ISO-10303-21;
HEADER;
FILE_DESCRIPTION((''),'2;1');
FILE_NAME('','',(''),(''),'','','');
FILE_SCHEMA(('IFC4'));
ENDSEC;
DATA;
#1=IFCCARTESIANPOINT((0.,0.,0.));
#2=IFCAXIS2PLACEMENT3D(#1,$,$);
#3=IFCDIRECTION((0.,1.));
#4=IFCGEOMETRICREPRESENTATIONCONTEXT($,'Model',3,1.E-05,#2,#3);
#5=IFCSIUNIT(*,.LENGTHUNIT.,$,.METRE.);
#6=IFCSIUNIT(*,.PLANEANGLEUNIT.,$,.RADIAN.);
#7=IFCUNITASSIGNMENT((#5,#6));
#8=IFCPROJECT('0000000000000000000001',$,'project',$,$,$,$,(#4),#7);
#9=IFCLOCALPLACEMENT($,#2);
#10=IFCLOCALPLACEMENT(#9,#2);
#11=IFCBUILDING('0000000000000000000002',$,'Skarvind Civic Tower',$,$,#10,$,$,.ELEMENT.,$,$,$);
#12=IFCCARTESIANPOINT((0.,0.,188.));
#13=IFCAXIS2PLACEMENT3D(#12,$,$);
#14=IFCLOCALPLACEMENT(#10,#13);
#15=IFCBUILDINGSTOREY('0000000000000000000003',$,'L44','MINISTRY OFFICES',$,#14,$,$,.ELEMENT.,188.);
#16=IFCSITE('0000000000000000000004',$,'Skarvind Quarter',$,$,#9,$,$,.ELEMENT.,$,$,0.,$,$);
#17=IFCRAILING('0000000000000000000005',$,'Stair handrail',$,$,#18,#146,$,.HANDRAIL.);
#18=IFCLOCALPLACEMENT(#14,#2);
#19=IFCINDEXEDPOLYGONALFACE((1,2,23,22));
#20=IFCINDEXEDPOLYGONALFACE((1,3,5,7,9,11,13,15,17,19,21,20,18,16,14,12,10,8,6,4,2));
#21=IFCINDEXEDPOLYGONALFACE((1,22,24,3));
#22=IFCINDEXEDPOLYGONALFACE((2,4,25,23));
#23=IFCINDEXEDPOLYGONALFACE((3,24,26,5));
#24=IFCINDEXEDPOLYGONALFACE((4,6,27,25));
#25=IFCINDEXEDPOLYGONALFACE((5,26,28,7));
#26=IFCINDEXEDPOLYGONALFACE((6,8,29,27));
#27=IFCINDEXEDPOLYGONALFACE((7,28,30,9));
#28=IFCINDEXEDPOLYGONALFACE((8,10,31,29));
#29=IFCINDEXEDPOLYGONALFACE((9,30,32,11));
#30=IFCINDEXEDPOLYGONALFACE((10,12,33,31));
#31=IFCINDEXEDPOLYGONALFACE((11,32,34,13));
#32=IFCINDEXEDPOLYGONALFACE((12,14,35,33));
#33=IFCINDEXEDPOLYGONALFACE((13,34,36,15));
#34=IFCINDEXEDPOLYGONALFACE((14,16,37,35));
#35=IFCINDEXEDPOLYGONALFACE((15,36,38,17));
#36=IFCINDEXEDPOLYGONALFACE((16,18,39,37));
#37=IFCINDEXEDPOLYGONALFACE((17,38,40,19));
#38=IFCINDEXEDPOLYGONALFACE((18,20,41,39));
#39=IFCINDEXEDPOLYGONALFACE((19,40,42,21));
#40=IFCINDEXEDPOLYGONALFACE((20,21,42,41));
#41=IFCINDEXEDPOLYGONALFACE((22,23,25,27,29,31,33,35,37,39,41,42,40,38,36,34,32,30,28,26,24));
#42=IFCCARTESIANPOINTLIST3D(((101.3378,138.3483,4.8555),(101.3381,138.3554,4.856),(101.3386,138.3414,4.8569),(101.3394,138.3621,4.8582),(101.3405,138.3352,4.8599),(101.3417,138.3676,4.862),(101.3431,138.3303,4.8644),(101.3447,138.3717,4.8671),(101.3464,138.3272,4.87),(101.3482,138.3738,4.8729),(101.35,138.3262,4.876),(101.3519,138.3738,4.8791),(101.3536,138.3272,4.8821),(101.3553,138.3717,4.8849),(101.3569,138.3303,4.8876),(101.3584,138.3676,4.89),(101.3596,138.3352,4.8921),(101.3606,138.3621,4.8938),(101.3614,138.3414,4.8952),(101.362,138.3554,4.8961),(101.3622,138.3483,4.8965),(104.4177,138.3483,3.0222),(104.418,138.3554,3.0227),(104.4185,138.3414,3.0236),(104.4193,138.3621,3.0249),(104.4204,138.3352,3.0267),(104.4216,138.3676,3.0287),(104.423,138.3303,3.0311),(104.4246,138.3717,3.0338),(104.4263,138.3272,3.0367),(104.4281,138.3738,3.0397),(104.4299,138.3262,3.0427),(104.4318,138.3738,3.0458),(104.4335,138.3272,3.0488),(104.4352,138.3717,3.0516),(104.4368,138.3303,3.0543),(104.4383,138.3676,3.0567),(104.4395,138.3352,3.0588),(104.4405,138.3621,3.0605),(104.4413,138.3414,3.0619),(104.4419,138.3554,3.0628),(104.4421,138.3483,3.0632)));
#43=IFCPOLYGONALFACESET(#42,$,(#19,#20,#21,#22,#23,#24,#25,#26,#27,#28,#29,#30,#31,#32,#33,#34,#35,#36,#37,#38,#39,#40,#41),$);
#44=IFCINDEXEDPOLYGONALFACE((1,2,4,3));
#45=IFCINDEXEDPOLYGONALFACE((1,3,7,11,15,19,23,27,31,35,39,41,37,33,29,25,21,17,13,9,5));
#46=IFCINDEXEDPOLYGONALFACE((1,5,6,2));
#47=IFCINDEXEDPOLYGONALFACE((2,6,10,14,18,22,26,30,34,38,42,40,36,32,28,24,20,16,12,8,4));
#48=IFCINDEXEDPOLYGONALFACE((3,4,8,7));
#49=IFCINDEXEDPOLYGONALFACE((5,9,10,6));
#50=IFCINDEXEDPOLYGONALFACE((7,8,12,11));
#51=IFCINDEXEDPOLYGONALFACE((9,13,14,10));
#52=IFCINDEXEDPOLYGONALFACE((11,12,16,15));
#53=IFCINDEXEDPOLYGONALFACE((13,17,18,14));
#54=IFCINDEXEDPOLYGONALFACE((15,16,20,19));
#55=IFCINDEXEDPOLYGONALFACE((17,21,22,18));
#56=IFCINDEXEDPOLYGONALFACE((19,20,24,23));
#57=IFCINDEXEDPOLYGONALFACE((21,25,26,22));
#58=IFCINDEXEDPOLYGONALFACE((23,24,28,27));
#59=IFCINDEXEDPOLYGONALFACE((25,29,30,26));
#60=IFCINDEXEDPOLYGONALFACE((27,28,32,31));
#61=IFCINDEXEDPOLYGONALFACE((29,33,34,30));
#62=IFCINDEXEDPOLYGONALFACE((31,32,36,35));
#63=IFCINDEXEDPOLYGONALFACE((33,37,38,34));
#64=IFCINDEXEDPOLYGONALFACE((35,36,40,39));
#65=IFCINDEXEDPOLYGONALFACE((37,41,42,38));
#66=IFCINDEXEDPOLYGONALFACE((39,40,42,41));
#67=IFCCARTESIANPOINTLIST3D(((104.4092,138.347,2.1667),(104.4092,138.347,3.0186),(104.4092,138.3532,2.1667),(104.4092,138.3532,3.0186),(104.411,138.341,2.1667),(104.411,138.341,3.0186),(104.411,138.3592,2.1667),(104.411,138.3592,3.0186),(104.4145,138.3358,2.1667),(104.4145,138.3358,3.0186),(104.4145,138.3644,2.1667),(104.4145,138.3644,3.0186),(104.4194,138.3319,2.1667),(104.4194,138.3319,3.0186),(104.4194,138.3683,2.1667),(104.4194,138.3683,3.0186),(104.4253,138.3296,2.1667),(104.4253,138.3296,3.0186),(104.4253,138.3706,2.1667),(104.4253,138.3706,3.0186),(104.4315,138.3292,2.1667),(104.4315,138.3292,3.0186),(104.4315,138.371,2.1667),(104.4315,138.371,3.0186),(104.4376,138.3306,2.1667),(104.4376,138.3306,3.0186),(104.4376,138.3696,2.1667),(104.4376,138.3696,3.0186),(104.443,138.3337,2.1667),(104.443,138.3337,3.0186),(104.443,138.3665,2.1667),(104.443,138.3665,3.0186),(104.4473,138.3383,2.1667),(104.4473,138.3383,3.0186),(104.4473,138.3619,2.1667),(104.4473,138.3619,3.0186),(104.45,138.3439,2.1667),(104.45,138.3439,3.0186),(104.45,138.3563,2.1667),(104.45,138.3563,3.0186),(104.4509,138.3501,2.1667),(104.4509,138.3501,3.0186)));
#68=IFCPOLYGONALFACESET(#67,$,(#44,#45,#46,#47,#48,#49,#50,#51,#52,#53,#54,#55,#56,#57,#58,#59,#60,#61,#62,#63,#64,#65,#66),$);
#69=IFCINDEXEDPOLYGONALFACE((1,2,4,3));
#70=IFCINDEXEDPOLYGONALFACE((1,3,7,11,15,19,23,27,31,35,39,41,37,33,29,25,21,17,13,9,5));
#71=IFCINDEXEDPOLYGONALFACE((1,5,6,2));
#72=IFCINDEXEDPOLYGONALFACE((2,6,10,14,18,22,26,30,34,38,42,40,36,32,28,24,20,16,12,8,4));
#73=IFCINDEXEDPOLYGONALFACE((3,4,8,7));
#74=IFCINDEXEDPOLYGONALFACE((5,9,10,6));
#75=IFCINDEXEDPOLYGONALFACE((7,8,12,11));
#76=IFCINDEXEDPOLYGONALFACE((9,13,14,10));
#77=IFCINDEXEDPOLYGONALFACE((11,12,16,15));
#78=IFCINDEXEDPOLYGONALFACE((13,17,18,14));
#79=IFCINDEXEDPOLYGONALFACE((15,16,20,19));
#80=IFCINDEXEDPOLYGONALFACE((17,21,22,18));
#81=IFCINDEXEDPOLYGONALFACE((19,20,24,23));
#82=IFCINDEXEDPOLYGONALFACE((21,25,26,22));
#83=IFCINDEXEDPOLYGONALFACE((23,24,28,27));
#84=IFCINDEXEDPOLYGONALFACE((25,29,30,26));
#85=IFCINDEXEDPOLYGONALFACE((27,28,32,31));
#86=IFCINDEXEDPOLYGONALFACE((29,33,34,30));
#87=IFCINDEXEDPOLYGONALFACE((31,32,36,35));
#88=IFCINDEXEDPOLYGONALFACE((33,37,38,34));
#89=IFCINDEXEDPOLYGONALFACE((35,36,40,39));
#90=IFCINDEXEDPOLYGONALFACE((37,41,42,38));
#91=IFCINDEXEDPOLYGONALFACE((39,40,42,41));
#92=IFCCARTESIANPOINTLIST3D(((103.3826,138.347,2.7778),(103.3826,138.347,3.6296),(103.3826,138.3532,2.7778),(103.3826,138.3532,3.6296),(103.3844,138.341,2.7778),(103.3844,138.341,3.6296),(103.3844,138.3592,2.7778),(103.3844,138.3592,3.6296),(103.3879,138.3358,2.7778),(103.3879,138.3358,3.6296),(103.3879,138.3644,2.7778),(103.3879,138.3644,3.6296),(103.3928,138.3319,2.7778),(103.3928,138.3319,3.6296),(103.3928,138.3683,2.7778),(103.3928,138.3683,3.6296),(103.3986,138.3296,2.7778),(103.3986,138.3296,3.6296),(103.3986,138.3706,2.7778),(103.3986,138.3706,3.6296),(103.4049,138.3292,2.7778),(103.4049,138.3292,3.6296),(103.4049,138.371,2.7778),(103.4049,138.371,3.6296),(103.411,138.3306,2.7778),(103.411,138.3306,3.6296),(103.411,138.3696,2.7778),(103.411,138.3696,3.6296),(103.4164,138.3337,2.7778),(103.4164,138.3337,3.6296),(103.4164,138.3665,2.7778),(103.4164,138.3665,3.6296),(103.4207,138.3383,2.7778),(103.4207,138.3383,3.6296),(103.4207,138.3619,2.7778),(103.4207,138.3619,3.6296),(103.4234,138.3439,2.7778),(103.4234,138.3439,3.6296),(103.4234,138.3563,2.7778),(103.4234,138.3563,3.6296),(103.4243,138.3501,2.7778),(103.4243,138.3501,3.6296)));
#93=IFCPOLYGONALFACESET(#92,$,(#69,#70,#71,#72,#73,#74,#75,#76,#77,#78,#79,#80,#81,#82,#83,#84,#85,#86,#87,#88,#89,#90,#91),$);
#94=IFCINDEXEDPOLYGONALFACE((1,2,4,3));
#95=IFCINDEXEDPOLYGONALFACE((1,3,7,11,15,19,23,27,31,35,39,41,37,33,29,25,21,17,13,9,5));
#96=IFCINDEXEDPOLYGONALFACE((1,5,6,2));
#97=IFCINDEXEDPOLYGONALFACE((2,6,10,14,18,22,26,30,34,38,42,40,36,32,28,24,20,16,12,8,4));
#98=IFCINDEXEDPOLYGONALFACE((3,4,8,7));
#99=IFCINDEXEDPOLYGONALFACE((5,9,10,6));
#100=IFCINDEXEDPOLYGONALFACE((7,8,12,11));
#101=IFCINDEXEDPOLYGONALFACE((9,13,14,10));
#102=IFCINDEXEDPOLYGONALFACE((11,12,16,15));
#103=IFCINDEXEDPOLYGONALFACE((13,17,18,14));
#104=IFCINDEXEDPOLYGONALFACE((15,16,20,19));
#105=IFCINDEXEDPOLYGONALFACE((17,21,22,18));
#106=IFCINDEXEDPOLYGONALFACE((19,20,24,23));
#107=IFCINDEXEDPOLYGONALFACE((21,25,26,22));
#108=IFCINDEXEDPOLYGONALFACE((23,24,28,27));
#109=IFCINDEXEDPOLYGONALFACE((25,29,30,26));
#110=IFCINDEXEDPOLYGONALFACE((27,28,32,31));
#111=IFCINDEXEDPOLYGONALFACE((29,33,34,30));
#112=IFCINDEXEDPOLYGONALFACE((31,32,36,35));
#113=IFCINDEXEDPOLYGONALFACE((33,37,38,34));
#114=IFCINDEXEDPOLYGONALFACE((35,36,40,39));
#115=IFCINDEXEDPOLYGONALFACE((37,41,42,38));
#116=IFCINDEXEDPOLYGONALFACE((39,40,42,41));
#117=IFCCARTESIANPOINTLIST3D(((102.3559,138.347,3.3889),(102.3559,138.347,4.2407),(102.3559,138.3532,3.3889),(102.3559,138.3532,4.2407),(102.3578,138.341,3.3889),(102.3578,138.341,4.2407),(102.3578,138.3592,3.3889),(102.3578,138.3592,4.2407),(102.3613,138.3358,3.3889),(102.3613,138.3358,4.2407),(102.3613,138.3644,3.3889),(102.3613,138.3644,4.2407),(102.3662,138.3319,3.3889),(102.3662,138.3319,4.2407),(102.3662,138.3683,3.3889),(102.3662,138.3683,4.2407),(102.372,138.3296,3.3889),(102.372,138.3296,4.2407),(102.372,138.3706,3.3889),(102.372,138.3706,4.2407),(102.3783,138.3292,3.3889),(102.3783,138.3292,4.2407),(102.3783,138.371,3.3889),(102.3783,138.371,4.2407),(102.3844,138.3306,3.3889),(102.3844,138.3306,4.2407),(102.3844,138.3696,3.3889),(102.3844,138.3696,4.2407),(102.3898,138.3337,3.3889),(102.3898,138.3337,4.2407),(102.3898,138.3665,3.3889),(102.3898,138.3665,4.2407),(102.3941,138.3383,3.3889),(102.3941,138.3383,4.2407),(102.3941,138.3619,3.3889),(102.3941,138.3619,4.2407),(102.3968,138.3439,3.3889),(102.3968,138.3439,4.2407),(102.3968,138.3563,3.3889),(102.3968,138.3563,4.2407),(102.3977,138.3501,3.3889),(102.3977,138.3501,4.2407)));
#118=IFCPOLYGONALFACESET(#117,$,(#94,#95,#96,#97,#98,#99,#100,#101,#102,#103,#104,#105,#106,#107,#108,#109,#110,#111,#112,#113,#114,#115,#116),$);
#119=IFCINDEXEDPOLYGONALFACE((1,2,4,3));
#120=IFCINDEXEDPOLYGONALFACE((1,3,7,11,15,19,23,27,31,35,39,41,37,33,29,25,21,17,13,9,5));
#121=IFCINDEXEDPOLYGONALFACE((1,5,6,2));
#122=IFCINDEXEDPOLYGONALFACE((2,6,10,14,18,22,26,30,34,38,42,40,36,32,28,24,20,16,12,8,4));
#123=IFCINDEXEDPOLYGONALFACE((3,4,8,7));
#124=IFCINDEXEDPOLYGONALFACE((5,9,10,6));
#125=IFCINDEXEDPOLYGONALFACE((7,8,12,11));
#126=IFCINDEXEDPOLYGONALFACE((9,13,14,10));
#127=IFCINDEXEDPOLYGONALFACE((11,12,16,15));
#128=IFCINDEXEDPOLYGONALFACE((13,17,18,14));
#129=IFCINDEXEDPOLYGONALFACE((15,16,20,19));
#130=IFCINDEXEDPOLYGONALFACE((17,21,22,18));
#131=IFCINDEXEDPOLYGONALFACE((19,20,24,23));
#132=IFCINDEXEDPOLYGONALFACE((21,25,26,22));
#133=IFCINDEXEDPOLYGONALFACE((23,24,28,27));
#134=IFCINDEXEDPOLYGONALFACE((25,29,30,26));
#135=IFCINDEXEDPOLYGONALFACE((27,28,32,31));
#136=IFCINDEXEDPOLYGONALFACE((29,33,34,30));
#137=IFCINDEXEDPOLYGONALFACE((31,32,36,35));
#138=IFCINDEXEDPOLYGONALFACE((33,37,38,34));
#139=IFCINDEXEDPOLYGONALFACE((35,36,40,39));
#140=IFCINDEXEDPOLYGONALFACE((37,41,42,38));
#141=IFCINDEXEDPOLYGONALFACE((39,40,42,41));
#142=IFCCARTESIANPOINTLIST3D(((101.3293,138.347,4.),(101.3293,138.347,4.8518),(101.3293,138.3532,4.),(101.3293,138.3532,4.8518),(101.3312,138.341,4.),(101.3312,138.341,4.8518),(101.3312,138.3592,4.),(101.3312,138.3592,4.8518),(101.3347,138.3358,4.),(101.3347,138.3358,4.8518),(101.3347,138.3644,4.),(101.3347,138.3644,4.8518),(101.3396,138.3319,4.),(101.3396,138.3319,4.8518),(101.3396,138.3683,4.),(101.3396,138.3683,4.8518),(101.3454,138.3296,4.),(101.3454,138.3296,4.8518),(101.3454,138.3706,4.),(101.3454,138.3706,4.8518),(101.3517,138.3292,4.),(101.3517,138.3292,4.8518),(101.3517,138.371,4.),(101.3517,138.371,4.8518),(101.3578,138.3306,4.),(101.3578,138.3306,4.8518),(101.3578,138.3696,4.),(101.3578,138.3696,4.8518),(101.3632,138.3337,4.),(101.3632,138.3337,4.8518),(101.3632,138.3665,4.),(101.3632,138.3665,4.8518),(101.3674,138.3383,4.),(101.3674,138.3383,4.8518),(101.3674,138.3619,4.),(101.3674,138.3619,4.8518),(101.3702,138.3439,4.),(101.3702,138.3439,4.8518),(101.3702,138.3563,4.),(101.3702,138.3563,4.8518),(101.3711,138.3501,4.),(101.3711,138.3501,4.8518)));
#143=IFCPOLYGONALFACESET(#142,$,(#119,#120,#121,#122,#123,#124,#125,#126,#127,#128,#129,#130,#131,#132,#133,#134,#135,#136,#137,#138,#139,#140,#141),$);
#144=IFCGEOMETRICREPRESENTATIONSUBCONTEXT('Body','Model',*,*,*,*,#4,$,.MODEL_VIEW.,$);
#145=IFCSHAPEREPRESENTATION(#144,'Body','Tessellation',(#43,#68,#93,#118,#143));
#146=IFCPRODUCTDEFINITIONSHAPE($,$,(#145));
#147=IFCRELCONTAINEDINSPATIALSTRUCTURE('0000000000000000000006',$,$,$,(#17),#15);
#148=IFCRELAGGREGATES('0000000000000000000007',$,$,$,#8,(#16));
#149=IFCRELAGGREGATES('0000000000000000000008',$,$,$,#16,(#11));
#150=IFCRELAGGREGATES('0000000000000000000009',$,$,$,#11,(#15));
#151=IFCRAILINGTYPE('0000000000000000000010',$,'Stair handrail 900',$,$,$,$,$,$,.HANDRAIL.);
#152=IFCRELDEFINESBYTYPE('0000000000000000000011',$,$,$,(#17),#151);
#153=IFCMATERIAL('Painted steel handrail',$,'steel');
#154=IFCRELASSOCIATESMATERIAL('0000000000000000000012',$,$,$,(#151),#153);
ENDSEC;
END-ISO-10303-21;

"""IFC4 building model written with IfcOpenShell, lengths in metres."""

from ifc_helpers import new_model, si_unit, direction, frame, origin, origin_2d, place, context, subcontext, project, spatial, circle, extrude, material, type_object, element, save


model = new_model("IFC4")

# Units and contexts
model_context = context("Model", 3, precision=1e-05, world=origin(), true_north=direction((0.0, 1.0)))
body_context = subcontext(model_context, "Body", "Model", "MODEL_VIEW")
ifc_project = project(units=[si_unit("LENGTHUNIT", "METRE"), si_unit("PLANEANGLEUNIT", "RADIAN")], contexts=[model_context])

# Site, building, storey
site_placement = place(None, origin())
site = spatial("IfcSite", under=ifc_project, at=site_placement, Name="Skarvind Quarter", CompositionType="ELEMENT", RefElevation=0.0)
building_placement = place(site_placement, origin())
building = spatial("IfcBuilding", under=site, at=building_placement, Name="Skarvind Civic Tower", CompositionType="ELEMENT")
storey_placement = place(building_placement, frame((0.0, 0.0, 188.0)))
storey = spatial("IfcBuildingStorey", under=building, at=storey_placement, Name="L44", Description="MINISTRY OFFICES", CompositionType="ELEMENT", Elevation=188.0)

# Railing
ifc_material_1 = material(Name="Painted steel handrail", Category="steel")
railing_type = type_object("IfcRailingType", Name="Stair handrail 900", PredefinedType="HANDRAIL", material=ifc_material_1)
railing_1_placement = place(storey_placement, frame((104.4299, 138.3501, 2.1667)))
element("IfcRailing", 1, at=railing_1_placement, inside=storey, type_object=railing_type, Name="Stair handrail", PredefinedType="HANDRAIL", context=body_context, shape_type="SweptSolid", body=[
    extrude(circle(Radius=0.0239, at=origin_2d()), frame((0.0, 0.0, 0.876), z_axis=(-0.859291, 0.0, 0.511487), x_axis=(0.0, -1.0, 0.0)), (0.0, 0.0, 1.0), 3.5842),
    extrude(circle(Radius=0.021, at=origin_2d()), origin(), (0.0, 0.0, 1.0), 0.8518),
    extrude(circle(Radius=0.021, at=origin_2d()), frame((-1.0266, 0.0, 0.6111)), (0.0, 0.0, 1.0), 0.8518),
    extrude(circle(Radius=0.021, at=origin_2d()), frame((-2.0532, 0.0, 1.2222)), (0.0, 0.0, 1.0), 0.8518),
    extrude(circle(Radius=0.021, at=origin_2d()), frame((-3.0798, 0.0, 1.8333)), (0.0, 0.0, 1.0), 0.8518),
])

save(model, "model.ifc")
